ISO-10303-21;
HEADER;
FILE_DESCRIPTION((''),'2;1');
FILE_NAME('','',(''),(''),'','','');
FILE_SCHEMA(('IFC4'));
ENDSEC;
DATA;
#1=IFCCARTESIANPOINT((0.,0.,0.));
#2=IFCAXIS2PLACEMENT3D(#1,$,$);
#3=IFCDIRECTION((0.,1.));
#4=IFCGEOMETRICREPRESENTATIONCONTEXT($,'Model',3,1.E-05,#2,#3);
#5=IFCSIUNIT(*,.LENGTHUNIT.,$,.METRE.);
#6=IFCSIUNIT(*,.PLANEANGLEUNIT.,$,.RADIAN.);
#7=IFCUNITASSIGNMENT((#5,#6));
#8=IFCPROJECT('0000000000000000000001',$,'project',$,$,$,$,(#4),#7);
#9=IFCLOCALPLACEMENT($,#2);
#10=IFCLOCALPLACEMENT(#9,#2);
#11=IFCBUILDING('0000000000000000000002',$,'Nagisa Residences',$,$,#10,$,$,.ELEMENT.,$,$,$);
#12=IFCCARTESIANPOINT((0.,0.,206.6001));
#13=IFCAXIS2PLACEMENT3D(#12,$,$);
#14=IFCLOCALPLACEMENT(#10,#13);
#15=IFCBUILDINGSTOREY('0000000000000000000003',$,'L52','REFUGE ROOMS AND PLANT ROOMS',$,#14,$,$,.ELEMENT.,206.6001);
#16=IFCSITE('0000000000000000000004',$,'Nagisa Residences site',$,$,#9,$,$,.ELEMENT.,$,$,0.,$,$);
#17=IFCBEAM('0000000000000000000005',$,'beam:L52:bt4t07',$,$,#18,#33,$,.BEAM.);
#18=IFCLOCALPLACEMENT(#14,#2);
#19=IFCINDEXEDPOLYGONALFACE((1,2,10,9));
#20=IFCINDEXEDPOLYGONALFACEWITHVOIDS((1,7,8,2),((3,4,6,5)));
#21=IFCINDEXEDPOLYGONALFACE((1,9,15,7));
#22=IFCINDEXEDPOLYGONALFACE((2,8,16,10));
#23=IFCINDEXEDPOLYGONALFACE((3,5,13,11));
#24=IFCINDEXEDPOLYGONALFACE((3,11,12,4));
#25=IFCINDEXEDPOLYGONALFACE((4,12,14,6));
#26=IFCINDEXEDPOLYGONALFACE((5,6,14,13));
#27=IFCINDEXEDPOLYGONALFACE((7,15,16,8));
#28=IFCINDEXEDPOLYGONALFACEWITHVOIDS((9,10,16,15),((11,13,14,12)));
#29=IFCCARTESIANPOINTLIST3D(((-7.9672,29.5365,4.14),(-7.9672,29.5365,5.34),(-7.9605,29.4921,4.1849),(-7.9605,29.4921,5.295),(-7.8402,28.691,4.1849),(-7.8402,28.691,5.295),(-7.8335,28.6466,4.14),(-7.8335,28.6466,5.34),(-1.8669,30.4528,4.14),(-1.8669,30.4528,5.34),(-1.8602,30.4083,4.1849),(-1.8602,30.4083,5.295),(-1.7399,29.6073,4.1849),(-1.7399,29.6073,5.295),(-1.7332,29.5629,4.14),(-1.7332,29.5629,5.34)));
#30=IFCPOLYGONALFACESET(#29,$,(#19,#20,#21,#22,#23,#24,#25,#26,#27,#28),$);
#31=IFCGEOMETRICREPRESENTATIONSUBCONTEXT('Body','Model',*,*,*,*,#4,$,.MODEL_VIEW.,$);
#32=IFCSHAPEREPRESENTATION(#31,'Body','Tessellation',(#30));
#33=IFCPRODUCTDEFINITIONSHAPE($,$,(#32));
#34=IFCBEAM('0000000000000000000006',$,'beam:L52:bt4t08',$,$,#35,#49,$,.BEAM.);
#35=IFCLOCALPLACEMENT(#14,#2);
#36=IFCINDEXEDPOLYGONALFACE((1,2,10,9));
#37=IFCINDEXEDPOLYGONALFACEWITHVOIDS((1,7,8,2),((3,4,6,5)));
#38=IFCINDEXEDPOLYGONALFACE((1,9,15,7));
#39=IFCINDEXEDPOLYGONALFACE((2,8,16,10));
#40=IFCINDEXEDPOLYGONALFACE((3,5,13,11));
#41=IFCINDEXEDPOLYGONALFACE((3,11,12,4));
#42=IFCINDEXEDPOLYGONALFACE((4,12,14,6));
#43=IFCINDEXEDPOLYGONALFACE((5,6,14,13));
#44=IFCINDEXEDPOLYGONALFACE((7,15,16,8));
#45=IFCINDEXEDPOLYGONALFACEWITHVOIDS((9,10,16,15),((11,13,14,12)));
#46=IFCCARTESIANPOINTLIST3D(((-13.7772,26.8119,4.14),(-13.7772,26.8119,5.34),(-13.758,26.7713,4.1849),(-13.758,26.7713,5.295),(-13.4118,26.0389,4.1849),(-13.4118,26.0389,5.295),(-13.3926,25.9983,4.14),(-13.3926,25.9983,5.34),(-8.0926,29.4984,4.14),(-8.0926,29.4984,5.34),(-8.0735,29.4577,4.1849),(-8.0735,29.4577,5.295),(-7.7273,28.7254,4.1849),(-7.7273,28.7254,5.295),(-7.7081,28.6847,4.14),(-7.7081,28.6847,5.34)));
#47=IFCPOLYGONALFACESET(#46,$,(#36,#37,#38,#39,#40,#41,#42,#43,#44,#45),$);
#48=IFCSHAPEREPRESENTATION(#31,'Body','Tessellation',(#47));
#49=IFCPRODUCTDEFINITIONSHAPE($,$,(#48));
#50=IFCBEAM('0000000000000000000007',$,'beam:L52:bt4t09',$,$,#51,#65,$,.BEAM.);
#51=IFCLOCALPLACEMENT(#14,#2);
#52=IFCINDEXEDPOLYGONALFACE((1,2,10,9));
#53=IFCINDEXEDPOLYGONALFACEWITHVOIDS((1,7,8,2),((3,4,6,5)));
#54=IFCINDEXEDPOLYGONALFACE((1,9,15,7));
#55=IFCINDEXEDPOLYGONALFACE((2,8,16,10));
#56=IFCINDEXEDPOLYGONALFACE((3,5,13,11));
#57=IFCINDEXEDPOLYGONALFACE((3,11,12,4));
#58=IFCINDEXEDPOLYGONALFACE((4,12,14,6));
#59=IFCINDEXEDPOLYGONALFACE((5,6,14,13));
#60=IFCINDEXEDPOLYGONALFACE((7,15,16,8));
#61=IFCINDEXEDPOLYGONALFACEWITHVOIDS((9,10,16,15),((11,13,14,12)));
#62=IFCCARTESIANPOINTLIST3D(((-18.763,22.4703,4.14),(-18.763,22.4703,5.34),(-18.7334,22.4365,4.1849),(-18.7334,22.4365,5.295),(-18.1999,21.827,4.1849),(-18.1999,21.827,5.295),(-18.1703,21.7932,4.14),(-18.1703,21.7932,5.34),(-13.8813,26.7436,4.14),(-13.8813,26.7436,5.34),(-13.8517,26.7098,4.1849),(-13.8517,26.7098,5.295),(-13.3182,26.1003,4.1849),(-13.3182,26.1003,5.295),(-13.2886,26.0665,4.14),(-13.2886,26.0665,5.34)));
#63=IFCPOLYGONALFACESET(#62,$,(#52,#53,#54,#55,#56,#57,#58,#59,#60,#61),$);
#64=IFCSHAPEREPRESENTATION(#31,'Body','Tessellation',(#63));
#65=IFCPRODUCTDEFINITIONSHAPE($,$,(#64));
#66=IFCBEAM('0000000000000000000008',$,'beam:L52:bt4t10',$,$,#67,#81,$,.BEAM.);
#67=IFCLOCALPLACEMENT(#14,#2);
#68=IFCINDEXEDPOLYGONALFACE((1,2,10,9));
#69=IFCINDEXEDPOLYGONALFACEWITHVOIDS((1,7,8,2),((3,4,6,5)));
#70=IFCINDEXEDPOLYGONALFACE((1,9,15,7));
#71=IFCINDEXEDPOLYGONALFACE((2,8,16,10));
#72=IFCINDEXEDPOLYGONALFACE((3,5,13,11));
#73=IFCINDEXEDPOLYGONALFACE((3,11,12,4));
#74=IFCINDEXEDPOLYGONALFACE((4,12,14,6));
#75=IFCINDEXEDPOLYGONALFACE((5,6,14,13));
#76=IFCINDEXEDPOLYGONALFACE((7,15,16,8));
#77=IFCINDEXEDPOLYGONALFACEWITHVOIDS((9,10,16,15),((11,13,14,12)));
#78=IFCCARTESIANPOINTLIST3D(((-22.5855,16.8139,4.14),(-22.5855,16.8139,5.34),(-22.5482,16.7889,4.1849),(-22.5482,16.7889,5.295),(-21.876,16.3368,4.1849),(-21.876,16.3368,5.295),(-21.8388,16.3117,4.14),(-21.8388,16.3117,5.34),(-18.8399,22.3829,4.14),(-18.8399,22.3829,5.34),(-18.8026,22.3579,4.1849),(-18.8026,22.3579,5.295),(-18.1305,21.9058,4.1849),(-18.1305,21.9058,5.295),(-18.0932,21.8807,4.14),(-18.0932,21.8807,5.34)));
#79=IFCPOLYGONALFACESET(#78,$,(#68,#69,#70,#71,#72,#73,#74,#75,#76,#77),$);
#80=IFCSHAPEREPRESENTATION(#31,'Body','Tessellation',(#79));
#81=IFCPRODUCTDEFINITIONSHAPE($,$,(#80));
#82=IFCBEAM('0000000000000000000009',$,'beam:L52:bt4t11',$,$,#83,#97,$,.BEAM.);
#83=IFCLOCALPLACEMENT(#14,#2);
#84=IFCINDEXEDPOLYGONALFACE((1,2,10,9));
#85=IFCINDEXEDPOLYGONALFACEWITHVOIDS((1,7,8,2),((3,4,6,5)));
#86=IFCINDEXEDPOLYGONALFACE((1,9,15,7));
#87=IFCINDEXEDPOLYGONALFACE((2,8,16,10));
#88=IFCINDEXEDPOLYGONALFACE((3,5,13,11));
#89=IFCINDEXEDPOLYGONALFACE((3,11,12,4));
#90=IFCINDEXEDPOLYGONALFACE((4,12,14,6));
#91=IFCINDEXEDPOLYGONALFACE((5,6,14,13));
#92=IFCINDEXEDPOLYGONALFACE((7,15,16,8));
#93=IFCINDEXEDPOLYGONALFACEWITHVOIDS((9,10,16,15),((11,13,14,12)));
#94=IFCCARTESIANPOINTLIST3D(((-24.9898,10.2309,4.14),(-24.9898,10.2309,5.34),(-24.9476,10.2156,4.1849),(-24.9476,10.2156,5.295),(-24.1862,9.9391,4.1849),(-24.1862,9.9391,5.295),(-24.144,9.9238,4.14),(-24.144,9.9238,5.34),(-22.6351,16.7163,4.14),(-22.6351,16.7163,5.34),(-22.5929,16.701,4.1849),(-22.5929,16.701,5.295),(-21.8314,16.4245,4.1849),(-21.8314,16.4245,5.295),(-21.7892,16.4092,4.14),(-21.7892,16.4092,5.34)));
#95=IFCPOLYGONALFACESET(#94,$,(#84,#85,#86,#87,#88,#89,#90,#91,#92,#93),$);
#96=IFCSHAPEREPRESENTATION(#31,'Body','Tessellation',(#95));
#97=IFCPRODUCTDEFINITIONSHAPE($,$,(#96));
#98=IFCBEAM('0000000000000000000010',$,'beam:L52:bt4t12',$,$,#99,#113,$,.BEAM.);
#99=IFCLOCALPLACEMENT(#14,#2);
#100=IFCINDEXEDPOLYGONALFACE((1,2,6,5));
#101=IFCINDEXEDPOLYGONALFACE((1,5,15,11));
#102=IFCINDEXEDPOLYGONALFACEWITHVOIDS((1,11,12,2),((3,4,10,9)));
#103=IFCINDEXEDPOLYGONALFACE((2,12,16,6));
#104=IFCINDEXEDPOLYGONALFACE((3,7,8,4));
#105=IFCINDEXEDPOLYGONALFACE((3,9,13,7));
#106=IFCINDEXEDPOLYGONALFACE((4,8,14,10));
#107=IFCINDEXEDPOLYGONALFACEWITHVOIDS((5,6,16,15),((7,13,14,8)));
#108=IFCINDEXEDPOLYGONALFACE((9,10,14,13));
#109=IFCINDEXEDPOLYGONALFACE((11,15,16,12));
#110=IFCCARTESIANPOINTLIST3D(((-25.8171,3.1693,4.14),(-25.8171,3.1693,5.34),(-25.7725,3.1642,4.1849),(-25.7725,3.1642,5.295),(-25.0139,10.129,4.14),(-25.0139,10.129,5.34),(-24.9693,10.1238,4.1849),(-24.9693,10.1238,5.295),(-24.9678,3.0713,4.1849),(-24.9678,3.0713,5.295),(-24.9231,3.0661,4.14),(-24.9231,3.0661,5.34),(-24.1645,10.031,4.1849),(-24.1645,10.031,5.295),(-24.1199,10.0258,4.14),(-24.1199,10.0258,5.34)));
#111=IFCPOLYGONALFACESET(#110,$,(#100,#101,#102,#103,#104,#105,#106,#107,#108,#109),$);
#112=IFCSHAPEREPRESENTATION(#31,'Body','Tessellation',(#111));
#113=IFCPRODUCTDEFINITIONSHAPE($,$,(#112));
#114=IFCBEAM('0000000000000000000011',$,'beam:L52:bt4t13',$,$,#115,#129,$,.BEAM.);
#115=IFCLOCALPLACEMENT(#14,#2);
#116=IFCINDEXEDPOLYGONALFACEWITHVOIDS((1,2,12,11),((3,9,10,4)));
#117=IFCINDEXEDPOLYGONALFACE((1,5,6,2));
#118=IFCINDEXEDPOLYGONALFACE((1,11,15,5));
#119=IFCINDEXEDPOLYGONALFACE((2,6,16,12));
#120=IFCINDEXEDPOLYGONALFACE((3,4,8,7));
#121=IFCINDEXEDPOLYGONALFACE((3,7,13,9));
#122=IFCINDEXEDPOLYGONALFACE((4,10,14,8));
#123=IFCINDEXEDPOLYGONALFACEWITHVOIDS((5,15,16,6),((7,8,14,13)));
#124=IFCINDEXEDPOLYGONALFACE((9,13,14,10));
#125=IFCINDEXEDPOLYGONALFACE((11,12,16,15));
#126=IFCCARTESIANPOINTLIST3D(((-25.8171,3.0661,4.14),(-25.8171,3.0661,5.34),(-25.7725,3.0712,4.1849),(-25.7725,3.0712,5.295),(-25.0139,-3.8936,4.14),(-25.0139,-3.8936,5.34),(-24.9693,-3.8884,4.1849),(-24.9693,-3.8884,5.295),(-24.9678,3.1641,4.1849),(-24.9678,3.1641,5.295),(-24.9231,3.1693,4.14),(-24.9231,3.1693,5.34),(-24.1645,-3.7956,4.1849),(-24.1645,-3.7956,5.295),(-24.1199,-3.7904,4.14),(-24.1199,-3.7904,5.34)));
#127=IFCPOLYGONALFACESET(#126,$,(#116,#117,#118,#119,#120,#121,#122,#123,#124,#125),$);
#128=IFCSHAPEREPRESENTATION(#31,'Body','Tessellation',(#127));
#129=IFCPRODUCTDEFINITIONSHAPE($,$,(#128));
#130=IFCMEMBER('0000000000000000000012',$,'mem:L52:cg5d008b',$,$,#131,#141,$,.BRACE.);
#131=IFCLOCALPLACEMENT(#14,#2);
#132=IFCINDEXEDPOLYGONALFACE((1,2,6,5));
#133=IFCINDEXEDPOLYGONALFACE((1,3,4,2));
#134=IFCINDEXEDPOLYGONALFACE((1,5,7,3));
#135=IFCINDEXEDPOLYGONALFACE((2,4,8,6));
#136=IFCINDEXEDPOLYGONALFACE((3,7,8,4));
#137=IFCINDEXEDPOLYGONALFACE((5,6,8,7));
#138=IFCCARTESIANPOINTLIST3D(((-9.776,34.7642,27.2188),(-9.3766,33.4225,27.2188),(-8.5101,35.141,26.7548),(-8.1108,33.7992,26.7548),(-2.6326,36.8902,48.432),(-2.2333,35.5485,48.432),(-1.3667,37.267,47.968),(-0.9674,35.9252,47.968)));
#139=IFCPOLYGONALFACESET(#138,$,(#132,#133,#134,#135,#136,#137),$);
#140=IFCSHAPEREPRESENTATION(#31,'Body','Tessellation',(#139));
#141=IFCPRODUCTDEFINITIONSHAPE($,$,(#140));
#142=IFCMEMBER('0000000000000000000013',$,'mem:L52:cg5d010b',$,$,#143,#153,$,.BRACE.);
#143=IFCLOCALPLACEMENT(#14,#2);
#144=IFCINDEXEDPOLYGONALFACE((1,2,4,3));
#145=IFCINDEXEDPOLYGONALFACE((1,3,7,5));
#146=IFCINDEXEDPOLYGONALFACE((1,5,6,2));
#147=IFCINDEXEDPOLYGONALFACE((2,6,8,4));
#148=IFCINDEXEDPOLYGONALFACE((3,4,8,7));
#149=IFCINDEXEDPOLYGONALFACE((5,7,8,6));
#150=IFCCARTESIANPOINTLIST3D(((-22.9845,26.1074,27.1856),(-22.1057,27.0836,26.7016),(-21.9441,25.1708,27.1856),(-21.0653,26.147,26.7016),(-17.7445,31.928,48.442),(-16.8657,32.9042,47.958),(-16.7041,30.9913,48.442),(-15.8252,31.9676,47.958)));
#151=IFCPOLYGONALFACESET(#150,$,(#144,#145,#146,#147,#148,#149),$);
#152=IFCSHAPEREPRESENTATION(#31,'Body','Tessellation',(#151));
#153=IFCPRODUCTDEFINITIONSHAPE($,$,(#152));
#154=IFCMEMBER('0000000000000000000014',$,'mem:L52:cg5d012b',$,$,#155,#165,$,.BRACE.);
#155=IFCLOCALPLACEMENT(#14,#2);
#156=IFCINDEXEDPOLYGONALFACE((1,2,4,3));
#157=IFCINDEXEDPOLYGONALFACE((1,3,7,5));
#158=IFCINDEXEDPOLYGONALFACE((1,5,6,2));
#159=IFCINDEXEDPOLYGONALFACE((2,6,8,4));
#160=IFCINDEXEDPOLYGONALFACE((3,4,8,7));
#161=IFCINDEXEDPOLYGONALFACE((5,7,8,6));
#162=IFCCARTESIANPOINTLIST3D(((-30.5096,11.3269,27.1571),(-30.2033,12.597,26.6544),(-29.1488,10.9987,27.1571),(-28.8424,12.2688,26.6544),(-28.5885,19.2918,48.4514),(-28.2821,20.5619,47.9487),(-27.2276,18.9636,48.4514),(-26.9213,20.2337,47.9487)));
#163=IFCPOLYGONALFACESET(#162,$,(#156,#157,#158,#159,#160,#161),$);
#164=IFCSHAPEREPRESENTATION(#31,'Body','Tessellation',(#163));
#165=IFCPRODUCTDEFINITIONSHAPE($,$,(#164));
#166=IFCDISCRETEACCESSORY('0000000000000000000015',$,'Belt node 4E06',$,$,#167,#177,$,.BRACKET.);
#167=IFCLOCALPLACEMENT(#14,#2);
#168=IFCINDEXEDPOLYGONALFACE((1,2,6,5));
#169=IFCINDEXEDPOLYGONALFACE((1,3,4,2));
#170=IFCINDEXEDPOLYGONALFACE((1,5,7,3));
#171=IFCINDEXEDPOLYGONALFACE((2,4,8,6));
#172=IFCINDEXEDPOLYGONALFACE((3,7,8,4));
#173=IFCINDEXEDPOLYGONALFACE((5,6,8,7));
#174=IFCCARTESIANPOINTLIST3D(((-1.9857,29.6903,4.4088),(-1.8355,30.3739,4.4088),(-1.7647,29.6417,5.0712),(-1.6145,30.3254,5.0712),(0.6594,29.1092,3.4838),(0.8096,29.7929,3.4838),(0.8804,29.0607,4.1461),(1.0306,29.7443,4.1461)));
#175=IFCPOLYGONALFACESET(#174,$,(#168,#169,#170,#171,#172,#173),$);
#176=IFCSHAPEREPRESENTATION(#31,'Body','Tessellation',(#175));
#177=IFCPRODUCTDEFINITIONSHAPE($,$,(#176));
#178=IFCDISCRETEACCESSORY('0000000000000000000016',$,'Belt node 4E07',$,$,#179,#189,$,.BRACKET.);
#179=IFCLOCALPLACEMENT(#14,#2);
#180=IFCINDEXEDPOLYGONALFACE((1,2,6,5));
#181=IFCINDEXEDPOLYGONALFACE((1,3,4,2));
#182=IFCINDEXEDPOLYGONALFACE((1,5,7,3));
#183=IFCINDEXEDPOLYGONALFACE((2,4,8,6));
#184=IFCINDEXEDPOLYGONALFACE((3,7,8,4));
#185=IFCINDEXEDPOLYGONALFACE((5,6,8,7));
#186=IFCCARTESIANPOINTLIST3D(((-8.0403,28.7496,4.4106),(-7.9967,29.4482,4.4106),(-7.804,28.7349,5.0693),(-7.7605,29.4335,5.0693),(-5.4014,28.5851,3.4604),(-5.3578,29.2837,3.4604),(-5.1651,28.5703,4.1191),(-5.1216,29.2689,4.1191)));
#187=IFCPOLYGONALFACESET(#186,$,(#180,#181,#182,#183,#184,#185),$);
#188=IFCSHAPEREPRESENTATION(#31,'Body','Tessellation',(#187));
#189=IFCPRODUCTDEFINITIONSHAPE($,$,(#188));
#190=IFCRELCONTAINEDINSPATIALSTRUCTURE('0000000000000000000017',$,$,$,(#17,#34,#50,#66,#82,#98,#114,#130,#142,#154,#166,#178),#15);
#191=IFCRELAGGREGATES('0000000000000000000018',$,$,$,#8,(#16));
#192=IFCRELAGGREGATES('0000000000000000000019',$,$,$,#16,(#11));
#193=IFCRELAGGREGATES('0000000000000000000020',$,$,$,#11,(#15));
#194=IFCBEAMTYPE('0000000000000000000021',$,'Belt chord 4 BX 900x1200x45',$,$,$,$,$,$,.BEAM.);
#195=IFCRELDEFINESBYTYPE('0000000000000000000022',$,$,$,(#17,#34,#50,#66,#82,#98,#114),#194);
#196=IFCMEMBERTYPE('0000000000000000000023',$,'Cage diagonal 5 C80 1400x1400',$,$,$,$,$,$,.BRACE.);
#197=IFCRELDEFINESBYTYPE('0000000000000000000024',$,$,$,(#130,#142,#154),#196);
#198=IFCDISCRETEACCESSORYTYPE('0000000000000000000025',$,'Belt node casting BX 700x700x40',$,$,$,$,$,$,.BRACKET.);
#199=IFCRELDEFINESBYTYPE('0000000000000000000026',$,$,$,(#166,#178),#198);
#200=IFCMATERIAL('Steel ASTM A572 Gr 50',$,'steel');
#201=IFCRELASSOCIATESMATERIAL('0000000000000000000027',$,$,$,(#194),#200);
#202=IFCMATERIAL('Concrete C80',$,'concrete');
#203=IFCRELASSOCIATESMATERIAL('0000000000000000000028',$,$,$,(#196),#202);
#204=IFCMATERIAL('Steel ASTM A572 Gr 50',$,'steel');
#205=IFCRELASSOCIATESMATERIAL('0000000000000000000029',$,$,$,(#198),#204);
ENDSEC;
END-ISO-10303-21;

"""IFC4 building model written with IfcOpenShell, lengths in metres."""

from ifc_helpers import new_model, si_unit, direction, frame, origin, origin_2d, place, context, subcontext, project, spatial, rectangle, hollow_rectangle, extrude, material, material_profile, profile_set, type_object, element, save


model = new_model("IFC4")

# Units and contexts
model_context = context("Model", 3, precision=1e-05, world=origin(), true_north=direction((0.0, 1.0)))
body_context = subcontext(model_context, "Body", "Model", "MODEL_VIEW")
ifc_project = project(units=[si_unit("LENGTHUNIT", "METRE"), si_unit("PLANEANGLEUNIT", "RADIAN")], contexts=[model_context])

# Site, building, storey
site_placement = place(None, origin())
site = spatial("IfcSite", under=ifc_project, at=site_placement, Name="Nagisa Residences site", CompositionType="ELEMENT", RefElevation=0.0)
building_placement = place(site_placement, origin())
building = spatial("IfcBuilding", under=site, at=building_placement, Name="Nagisa Residences", CompositionType="ELEMENT")
storey_placement = place(building_placement, frame((0.0, 0.0, 206.6001)))
storey = spatial("IfcBuildingStorey", under=building, at=storey_placement, Name="L52", Description="REFUGE ROOMS AND PLANT ROOMS", CompositionType="ELEMENT", Elevation=206.6001)

# Beams
ifc_material_1 = material(Name="Steel ASTM A572 Gr 50", Category="steel")
ifc_material_profile_1 = material_profile(ifc_material_1, hollow_rectangle(XDim=0.8999, YDim=1.2, WallThickness=0.0449, at=origin_2d()), Name="BX 900x1200x45")
ifc_profile_set_1 = profile_set([ifc_material_profile_1], Name="Steel ASTM A572 Gr 50")
beam_type = type_object("IfcBeamType", Name="Belt chord 4 BX 900x1200x45", PredefinedType="BEAM", material=ifc_profile_set_1)
beam_1_placement = place(storey_placement, frame((-1.8, 30.0078, 4.74), z_axis=(-0.988908, -0.148532, 0.0), x_axis=(0.148532, -0.988908, 0.0)))
element("IfcBeam", 1, at=beam_1_placement, inside=storey, type_object=beam_type, Name="beam:L52:bt4t07", PredefinedType="BEAM", context=body_context, shape_type="SweptSolid", body=[
    extrude(hollow_rectangle(XDim=0.8999, YDim=1.2, WallThickness=0.0449, at=origin_2d()), origin(), (0.0, 0.0, 1.0), 6.1687),
])
beam_2_placement = place(storey_placement, frame((-7.9004, 29.0916, 4.74), z_axis=(-0.904117, -0.427285, 0.0), x_axis=(0.427285, -0.904117, 0.0)))
element("IfcBeam", 2, at=beam_2_placement, inside=storey, type_object=beam_type, Name="beam:L52:bt4t08", PredefinedType="BEAM", context=body_context, shape_type="SweptSolid", body=[
    extrude(hollow_rectangle(XDim=0.8999, YDim=1.2, WallThickness=0.0449, at=origin_2d()), origin(), (0.0, 0.0, 1.0), 6.2874),
])
beam_3_placement = place(storey_placement, frame((-13.585, 26.405, 4.74), z_axis=(-0.752439, -0.658662, 0.0), x_axis=(0.658662, -0.752439, 0.0)))
element("IfcBeam", 3, at=beam_3_placement, inside=storey, type_object=beam_type, Name="beam:L52:bt4t09", PredefinedType="BEAM", context=body_context, shape_type="SweptSolid", body=[
    extrude(hollow_rectangle(XDim=0.8999, YDim=1.2, WallThickness=0.0449, at=origin_2d()), origin(), (0.0, 0.0, 1.0), 6.4878),
])
beam_4_placement = place(storey_placement, frame((-18.4666, 22.1318, 4.74), z_axis=(-0.558087, -0.829782, 0.0), x_axis=(0.829782, -0.558087, 0.0)))
element("IfcBeam", 4, at=beam_4_placement, inside=storey, type_object=beam_type, Name="beam:L52:bt4t10", PredefinedType="BEAM", context=body_context, shape_type="SweptSolid", body=[
    extrude(hollow_rectangle(XDim=0.8999, YDim=1.2, WallThickness=0.0449, at=origin_2d()), origin(), (0.0, 0.0, 1.0), 6.7114),
])
beam_5_placement = place(storey_placement, frame((-22.2122, 16.5627, 4.74), z_axis=(-0.341286, -0.93996, 0.0), x_axis=(0.93996, -0.341286, 0.0)))
element("IfcBeam", 5, at=beam_5_placement, inside=storey, type_object=beam_type, Name="beam:L52:bt4t11", PredefinedType="BEAM", context=body_context, shape_type="SweptSolid", body=[
    extrude(hollow_rectangle(XDim=0.8999, YDim=1.2, WallThickness=0.0449, at=origin_2d()), origin(), (0.0, 0.0, 1.0), 6.8997),
])
for number, where, z_axis, x_axis, name in (
    (6, (-24.5669, 10.0774, 4.74), (-0.114649, -0.993406, 0.0), (0.993406, -0.114649, 0.0), "beam:L52:bt4t12"),
    (7, (-25.3701, 3.1177, 4.74), (0.114649, -0.993406, 0.0), (0.993406, 0.114649, 0.0), "beam:L52:bt4t13"),
):
    element("IfcBeam", number, at=place(storey_placement, frame(where, z_axis=z_axis, x_axis=x_axis)), inside=storey, type_object=beam_type, Name=name, PredefinedType="BEAM", context=body_context, shape_type="SweptSolid", body=[
        extrude(hollow_rectangle(XDim=0.8999, YDim=1.2, WallThickness=0.0449, at=origin_2d()), origin(), (0.0, 0.0, 1.0), 7.0059),
    ])

# Members
ifc_material_2 = material(Name="Concrete C80", Category="concrete")
ifc_material_profile_2 = material_profile(ifc_material_2, rectangle(XDim=1.3999, YDim=1.3999, at=origin_2d()), Name="C80 1400x1400")
ifc_profile_set_2 = profile_set([ifc_material_profile_2], Name="Concrete C80")
member_type = type_object("IfcMemberType", Name="Cage diagonal 5 C80 1400x1400", PredefinedType="BRACE", material=ifc_profile_set_2)
member_1_placement = place(storey_placement, frame((-8.9434, 34.2817, 26.9868), z_axis=(0.317702, 0.094554, 0.943464), x_axis=(-0.285253, 0.958452, 0.0)))
element("IfcMember", 8, at=member_1_placement, inside=storey, type_object=member_type, Name="mem:L52:cg5d008b", PredefinedType="BRACE", context=body_context, shape_type="SweptSolid", body=[
    extrude(rectangle(XDim=1.3999, YDim=1.3999, at=origin_2d()), origin(), (0.0, 0.0, 1.0), 22.4844),
])
member_2_placement = place(storey_placement, frame((-22.0249, 26.1272, 26.9436), z_axis=(0.231313, 0.256942, 0.938336), x_axis=(-0.7432, 0.66907, 0.0)))
element("IfcMember", 9, at=member_2_placement, inside=storey, type_object=member_type, Name="mem:L52:cg5d010b", PredefinedType="BRACE", context=body_context, shape_type="SweptSolid", body=[
    extrude(rectangle(XDim=1.3999, YDim=1.3999, at=origin_2d()), origin(), (0.0, 0.0, 1.0), 22.6533),
])
member_3_placement = place(storey_placement, frame((-29.676, 11.7979, 26.9058), z_axis=(0.084201, 0.34909, 0.933299), x_axis=(-0.972121, 0.234478, 0.0)))
element("IfcMember", 10, at=member_3_placement, inside=storey, type_object=member_type, Name="mem:L52:cg5d012b", PredefinedType="BRACE", context=body_context, shape_type="SweptSolid", body=[
    extrude(rectangle(XDim=1.3999, YDim=1.3999, at=origin_2d()), origin(), (0.0, 0.0, 1.0), 22.8162),
])

# Discrete accessories
ifc_material_3 = material(Name="Steel ASTM A572 Gr 50", Category="steel")
discrete_accessory_type_1 = type_object("IfcDiscreteAccessoryType", Name="Belt node casting BX 700x700x40", PredefinedType="BRACKET", material=ifc_material_3)
discrete_accessory_1_placement = place(storey_placement, frame((0.845, 29.4268, 3.8149), z_axis=(-0.924275, 0.203044, 0.323249), x_axis=(-0.214563, -0.97671, 0.0)))
element("IfcDiscreteAccessory", 11, at=discrete_accessory_1_placement, inside=storey, type_object=discrete_accessory_type_1, Name="Belt node 4E06", PredefinedType="BRACKET", context=body_context, shape_type="SweptSolid", body=[
    extrude(rectangle(XDim=0.7, YDim=0.7, at=origin_2d()), origin(), (0.0, 0.0, 1.0), 2.8618),
])
discrete_accessory_2_placement = place(storey_placement, frame((-5.2615, 28.927, 3.7898), z_axis=(-0.939251, 0.058567, 0.338197), x_axis=(-0.062235, -0.998062, 0.0)))
element("IfcDiscreteAccessory", 12, at=discrete_accessory_2_placement, inside=storey, type_object=discrete_accessory_type_1, Name="Belt node 4E07", PredefinedType="BRACKET", context=body_context, shape_type="SweptSolid", body=[
    extrude(rectangle(XDim=0.7, YDim=0.7, at=origin_2d()), origin(), (0.0, 0.0, 1.0), 2.8096),
])

save(model, "model.ifc")
